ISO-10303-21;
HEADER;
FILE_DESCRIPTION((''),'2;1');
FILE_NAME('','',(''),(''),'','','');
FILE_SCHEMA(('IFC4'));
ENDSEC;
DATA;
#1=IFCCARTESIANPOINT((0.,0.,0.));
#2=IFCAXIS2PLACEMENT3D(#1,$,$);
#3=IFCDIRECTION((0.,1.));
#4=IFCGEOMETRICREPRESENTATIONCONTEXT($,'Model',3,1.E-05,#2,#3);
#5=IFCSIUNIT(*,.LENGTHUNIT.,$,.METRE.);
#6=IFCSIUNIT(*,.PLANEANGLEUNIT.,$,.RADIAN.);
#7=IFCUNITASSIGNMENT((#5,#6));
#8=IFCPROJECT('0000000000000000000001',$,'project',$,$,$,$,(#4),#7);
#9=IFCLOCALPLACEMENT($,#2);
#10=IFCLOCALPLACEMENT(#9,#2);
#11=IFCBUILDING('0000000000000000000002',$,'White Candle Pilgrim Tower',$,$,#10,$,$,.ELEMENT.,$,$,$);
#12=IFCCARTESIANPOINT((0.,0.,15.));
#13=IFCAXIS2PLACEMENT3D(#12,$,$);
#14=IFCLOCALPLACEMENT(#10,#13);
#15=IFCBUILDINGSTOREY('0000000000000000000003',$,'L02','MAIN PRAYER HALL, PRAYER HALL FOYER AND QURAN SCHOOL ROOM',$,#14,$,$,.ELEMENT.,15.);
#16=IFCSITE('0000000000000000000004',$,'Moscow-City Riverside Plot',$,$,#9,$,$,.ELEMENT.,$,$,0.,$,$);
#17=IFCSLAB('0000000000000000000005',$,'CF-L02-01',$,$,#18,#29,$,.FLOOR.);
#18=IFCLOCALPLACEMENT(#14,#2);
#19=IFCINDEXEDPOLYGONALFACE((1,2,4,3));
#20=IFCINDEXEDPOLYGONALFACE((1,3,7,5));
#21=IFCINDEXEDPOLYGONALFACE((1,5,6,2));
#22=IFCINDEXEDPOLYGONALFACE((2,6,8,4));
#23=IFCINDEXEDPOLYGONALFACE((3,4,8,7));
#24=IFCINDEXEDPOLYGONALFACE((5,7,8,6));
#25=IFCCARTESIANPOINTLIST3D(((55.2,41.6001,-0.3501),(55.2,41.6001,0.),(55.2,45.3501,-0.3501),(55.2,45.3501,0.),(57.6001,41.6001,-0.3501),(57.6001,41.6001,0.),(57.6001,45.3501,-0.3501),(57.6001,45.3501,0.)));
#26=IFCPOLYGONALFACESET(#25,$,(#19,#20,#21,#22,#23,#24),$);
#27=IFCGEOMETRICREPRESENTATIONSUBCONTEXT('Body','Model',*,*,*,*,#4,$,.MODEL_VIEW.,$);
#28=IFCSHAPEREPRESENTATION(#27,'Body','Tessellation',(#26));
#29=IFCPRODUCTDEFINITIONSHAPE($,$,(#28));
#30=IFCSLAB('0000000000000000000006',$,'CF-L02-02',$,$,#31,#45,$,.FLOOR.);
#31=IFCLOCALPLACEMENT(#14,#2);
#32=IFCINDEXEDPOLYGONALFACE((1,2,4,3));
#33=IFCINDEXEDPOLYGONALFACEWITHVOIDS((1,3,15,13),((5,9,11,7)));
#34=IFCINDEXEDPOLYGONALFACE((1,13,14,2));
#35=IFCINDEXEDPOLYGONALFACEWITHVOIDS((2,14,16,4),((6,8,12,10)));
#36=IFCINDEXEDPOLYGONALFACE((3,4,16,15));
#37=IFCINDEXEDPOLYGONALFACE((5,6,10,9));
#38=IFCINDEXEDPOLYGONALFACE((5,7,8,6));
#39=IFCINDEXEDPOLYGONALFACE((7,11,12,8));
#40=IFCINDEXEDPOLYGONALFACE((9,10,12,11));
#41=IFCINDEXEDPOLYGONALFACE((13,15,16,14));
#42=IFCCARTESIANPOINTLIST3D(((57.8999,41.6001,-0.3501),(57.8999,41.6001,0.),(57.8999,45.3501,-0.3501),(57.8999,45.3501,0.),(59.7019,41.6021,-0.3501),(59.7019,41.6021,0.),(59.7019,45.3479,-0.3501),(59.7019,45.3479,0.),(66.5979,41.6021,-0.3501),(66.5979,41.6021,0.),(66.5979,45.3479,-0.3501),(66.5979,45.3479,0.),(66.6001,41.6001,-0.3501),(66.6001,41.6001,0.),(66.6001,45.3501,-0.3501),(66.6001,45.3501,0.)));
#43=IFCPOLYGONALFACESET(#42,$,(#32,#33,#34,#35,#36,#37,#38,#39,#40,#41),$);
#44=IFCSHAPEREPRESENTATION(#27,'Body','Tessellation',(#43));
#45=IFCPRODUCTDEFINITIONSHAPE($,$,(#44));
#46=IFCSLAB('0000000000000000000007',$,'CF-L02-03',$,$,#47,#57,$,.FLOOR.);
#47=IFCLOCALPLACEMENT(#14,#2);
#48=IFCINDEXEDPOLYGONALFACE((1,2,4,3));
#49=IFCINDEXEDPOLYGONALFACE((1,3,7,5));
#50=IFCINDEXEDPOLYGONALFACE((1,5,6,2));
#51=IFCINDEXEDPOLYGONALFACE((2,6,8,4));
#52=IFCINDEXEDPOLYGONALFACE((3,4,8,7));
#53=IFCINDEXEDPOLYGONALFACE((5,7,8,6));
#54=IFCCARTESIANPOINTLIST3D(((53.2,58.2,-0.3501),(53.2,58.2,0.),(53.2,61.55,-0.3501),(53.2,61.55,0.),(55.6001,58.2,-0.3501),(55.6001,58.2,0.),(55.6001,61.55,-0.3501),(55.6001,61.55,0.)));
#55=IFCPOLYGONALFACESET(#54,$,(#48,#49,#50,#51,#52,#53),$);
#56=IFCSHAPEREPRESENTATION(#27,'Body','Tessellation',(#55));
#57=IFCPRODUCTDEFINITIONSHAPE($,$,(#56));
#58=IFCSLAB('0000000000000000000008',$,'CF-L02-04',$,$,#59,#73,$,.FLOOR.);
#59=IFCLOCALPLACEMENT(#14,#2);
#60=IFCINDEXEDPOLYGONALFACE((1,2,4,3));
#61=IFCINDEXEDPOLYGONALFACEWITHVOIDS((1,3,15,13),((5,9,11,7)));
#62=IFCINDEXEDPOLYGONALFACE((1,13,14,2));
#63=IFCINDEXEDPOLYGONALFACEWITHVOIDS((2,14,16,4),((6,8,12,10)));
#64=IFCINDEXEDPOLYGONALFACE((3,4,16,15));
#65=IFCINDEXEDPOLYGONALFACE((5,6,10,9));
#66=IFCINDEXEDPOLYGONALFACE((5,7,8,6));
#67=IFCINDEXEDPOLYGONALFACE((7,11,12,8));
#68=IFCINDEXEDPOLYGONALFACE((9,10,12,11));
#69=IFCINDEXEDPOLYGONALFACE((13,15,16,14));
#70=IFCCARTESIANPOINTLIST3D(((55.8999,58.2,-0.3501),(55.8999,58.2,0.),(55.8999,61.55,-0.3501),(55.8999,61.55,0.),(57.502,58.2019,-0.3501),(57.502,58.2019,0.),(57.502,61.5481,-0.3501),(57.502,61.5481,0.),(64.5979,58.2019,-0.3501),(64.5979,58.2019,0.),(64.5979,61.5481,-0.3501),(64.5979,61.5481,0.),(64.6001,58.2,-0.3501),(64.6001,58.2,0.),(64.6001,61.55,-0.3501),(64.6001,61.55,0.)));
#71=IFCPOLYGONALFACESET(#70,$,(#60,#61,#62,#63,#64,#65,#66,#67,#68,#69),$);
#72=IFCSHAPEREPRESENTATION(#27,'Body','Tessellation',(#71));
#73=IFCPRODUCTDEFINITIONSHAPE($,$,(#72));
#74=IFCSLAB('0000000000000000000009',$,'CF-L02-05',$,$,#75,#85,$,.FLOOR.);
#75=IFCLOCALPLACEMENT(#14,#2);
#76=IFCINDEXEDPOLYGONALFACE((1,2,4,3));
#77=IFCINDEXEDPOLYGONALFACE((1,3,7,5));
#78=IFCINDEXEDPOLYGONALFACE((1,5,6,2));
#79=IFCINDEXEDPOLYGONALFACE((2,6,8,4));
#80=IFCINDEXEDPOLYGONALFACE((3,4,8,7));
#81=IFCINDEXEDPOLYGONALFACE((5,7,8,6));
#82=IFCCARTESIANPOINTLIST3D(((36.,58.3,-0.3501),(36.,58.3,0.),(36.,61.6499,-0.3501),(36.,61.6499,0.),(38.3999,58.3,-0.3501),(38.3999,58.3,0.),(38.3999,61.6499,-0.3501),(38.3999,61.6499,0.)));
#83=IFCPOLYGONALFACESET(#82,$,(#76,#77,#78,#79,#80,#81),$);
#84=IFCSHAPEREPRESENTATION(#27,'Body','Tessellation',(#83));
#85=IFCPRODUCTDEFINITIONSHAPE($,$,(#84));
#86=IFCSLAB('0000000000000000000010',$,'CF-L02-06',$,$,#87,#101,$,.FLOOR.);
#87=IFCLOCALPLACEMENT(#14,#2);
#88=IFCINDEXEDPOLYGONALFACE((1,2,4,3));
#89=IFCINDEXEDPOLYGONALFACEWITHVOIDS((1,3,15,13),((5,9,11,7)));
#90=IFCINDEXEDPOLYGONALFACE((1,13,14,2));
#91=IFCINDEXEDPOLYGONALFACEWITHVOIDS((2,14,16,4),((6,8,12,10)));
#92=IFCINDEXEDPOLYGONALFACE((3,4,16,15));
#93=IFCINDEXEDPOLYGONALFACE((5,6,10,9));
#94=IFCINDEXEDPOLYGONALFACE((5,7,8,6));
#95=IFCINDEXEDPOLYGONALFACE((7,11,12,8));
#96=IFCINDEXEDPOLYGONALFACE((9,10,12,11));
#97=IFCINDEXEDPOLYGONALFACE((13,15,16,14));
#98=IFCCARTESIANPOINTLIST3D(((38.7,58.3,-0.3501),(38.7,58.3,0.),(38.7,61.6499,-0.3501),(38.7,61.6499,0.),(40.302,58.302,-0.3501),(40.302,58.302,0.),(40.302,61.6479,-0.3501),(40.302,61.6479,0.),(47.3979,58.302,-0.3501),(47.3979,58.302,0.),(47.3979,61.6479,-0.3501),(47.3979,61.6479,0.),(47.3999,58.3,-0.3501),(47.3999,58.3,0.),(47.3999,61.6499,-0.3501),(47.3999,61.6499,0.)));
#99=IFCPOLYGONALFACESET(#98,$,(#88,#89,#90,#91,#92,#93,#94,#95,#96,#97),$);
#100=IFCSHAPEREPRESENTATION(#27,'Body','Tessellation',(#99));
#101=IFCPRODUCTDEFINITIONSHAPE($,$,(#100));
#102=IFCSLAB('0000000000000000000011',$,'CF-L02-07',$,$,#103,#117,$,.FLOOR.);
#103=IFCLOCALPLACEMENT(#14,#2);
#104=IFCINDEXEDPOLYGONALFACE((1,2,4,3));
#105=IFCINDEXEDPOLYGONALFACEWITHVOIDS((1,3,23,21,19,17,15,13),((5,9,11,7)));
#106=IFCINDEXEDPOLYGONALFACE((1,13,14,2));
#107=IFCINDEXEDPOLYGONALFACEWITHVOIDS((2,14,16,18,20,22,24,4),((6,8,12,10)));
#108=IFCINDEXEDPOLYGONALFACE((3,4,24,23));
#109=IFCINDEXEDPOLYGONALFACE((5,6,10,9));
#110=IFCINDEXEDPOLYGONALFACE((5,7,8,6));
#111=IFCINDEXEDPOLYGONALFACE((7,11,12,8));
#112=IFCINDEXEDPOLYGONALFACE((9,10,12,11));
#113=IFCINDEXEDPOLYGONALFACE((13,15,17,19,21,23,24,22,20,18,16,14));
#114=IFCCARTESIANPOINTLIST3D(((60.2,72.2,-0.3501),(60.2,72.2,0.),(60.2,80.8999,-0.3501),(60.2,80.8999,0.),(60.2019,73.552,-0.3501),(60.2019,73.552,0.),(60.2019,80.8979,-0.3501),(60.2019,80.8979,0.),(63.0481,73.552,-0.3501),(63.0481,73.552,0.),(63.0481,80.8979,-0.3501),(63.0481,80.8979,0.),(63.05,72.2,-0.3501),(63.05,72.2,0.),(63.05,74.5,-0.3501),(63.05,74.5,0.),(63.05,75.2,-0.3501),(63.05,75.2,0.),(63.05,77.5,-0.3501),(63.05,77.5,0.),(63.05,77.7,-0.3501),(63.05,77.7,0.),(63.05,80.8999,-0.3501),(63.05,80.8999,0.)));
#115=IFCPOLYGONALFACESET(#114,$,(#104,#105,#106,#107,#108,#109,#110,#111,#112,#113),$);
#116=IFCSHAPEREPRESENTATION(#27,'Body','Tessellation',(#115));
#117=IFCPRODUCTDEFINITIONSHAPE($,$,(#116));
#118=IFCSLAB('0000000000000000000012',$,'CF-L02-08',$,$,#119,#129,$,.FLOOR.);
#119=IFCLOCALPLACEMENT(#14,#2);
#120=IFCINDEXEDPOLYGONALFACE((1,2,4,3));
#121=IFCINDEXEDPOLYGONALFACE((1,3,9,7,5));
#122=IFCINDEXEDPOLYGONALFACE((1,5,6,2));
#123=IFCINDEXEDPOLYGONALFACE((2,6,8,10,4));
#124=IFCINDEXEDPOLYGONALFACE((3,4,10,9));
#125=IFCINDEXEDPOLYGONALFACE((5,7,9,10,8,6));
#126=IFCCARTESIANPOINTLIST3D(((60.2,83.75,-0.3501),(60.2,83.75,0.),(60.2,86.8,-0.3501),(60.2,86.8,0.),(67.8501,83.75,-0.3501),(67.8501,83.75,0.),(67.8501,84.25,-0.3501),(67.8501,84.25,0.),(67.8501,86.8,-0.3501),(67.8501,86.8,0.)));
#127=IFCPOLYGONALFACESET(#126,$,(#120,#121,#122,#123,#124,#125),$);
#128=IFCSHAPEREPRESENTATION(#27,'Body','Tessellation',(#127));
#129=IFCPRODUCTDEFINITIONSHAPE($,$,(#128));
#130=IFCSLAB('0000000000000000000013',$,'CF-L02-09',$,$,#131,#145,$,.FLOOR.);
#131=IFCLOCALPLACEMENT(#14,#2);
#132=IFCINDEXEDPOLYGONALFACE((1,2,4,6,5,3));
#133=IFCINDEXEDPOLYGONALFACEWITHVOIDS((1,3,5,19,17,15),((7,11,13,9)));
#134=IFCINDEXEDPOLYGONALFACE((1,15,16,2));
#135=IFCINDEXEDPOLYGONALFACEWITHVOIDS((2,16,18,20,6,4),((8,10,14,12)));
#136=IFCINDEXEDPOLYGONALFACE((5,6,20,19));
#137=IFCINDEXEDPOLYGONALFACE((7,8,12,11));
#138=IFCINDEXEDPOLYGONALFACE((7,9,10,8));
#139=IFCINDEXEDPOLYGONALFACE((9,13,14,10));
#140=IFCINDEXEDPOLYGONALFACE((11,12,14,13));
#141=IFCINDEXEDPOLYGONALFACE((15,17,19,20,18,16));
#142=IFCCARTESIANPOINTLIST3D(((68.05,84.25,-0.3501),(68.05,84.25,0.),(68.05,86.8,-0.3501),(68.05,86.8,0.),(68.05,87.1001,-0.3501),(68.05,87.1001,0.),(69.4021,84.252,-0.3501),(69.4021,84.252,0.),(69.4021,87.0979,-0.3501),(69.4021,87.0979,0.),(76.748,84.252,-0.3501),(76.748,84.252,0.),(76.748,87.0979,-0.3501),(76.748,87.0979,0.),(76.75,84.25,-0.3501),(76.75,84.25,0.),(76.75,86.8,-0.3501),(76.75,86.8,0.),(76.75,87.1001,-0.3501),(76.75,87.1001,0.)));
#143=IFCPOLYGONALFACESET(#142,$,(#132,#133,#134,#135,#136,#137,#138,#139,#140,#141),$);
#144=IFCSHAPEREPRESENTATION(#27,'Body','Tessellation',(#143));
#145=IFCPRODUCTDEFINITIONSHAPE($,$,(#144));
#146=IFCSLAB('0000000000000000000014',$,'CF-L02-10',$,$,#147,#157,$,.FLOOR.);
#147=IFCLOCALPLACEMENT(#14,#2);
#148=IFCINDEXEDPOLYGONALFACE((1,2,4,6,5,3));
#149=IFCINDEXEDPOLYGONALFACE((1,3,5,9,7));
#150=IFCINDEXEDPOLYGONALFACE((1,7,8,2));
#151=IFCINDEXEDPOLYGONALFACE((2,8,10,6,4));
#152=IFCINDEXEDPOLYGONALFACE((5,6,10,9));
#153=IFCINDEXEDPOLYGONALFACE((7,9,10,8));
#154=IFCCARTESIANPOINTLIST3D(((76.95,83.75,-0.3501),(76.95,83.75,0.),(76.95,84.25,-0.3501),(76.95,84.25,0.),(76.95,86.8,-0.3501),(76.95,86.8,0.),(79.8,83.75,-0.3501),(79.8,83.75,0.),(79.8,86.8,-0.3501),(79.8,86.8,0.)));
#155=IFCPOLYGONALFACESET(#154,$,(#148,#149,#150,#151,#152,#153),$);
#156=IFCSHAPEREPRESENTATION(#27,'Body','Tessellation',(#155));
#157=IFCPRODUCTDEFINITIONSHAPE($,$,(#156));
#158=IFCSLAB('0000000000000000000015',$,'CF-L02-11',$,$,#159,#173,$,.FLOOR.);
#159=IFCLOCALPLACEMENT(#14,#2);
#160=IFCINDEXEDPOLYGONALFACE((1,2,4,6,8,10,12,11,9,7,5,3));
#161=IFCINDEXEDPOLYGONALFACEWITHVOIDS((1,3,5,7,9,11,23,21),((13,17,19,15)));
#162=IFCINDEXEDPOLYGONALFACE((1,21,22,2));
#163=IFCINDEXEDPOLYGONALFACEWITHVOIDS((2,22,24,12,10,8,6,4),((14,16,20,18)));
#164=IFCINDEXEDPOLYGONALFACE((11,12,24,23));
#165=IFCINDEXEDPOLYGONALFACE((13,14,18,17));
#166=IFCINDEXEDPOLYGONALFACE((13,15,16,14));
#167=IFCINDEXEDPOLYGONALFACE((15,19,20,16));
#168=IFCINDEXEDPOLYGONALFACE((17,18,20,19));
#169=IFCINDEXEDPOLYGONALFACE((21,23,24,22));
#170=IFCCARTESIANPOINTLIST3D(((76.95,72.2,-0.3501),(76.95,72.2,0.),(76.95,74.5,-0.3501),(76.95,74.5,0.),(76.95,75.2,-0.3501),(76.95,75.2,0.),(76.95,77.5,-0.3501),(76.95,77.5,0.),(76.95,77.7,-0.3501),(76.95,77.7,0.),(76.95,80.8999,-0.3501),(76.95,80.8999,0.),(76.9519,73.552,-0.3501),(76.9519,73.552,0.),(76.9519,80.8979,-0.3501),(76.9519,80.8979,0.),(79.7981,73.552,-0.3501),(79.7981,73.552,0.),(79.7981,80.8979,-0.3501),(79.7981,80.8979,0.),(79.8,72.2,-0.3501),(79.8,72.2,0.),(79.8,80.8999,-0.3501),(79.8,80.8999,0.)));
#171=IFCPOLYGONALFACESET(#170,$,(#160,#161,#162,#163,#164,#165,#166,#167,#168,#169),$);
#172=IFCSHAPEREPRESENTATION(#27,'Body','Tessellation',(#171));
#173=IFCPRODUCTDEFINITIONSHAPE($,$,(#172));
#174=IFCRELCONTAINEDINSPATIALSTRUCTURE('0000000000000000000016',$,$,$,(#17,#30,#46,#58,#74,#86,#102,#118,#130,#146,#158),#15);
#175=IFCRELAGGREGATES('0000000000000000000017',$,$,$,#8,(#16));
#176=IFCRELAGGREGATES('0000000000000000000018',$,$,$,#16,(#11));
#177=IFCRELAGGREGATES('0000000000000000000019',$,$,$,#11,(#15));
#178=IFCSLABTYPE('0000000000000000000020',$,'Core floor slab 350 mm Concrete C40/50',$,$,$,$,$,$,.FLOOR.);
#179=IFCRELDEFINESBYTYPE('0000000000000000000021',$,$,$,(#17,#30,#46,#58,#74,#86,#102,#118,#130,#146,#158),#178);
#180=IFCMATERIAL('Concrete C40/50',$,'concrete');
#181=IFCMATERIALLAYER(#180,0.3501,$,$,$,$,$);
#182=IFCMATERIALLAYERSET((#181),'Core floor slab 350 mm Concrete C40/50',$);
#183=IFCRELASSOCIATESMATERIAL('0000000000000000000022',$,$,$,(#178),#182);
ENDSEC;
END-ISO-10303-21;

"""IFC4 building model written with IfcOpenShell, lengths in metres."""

from ifc_helpers import new_model, si_unit, direction, frame, origin, place, context, subcontext, project, spatial, polyline, outline, extrude, material, layer, layer_set, type_object, element, save


model = new_model("IFC4")

# Units and contexts
model_context = context("Model", 3, precision=1e-05, world=origin(), true_north=direction((0.0, 1.0)))
body_context = subcontext(model_context, "Body", "Model", "MODEL_VIEW")
ifc_project = project(units=[si_unit("LENGTHUNIT", "METRE"), si_unit("PLANEANGLEUNIT", "RADIAN")], contexts=[model_context])

# Site, building, storey
site_placement = place(None, origin())
site = spatial("IfcSite", under=ifc_project, at=site_placement, Name="Moscow-City Riverside Plot", CompositionType="ELEMENT", RefElevation=0.0)
building_placement = place(site_placement, origin())
building = spatial("IfcBuilding", under=site, at=building_placement, Name="White Candle Pilgrim Tower", CompositionType="ELEMENT")
storey_placement = place(building_placement, frame((0.0, 0.0, 15.0)))
storey = spatial("IfcBuildingStorey", under=building, at=storey_placement, Name="L02", Description="MAIN PRAYER HALL, PRAYER HALL FOYER AND QURAN SCHOOL ROOM", CompositionType="ELEMENT", Elevation=15.0)

# Slabs
ifc_material = material(Name="Concrete C40/50", Category="concrete")
ifc_layer_1 = layer(ifc_material, 0.3501)
ifc_layer_set_1 = layer_set([ifc_layer_1], Name="Core floor slab 350 mm Concrete C40/50")
slab_type_1 = type_object("IfcSlabType", Name="Core floor slab 350 mm Concrete C40/50", PredefinedType="FLOOR", material=ifc_layer_set_1)
slab_1_placement = place(storey_placement, frame((0.0, 0.0, -0.3501)))
element("IfcSlab", 1, at=slab_1_placement, inside=storey, type_object=slab_type_1, Name="CF-L02-01", PredefinedType="FLOOR", context=body_context, shape_type="SweptSolid", body=[
    extrude(outline(polyline([(55.2, 45.3501), (57.6001, 45.3501), (57.6001, 41.6001), (55.2, 41.6001), (55.2, 45.3501)])), origin(), (0.0, 0.0, 1.0), 0.3501),
])
slab_2_placement = place(storey_placement, frame((0.0, 0.0, -0.3501)))
element("IfcSlab", 2, at=slab_2_placement, inside=storey, type_object=slab_type_1, Name="CF-L02-02", PredefinedType="FLOOR", context=body_context, shape_type="SweptSolid", body=[
    extrude(outline(polyline([(57.8999, 45.3501), (66.6001, 45.3501), (66.6001, 41.6001), (57.8999, 41.6001), (57.8999, 45.3501)]), holes=[polyline([(66.5979, 45.3479), (59.7019, 45.3479), (59.7019, 41.6021), (66.5979, 41.6021), (66.5979, 45.3479)])]), origin(), (0.0, 0.0, 1.0), 0.3501),
])
slab_3_placement = place(storey_placement, frame((0.0, 0.0, -0.3501)))
element("IfcSlab", 3, at=slab_3_placement, inside=storey, type_object=slab_type_1, Name="CF-L02-03", PredefinedType="FLOOR", context=body_context, shape_type="SweptSolid", body=[
    extrude(outline(polyline([(53.2, 61.55), (55.6001, 61.55), (55.6001, 58.2), (53.2, 58.2), (53.2, 61.55)])), origin(), (0.0, 0.0, 1.0), 0.3501),
])
slab_4_placement = place(storey_placement, frame((0.0, 0.0, -0.3501)))
element("IfcSlab", 4, at=slab_4_placement, inside=storey, type_object=slab_type_1, Name="CF-L02-04", PredefinedType="FLOOR", context=body_context, shape_type="SweptSolid", body=[
    extrude(outline(polyline([(55.8999, 61.55), (64.6001, 61.55), (64.6001, 58.2), (55.8999, 58.2), (55.8999, 61.55)]), holes=[polyline([(64.5979, 61.5481), (57.502, 61.5481), (57.502, 58.2019), (64.5979, 58.2019), (64.5979, 61.5481)])]), origin(), (0.0, 0.0, 1.0), 0.3501),
])
slab_5_placement = place(storey_placement, frame((0.0, 0.0, -0.3501)))
element("IfcSlab", 5, at=slab_5_placement, inside=storey, type_object=slab_type_1, Name="CF-L02-05", PredefinedType="FLOOR", context=body_context, shape_type="SweptSolid", body=[
    extrude(outline(polyline([(36.0, 61.6499), (38.3999, 61.6499), (38.3999, 58.3), (36.0, 58.3), (36.0, 61.6499)])), origin(), (0.0, 0.0, 1.0), 0.3501),
])
slab_6_placement = place(storey_placement, frame((0.0, 0.0, -0.3501)))
element("IfcSlab", 6, at=slab_6_placement, inside=storey, type_object=slab_type_1, Name="CF-L02-06", PredefinedType="FLOOR", context=body_context, shape_type="SweptSolid", body=[
    extrude(outline(polyline([(47.3999, 61.6499), (47.3999, 58.3), (38.7, 58.3), (38.7, 61.6499), (47.3999, 61.6499)]), holes=[polyline([(47.3979, 61.6479), (40.302, 61.6479), (40.302, 58.302), (47.3979, 58.302), (47.3979, 61.6479)])]), origin(), (0.0, 0.0, 1.0), 0.3501),
])
slab_7_placement = place(storey_placement, frame((0.0, 0.0, -0.3501)))
element("IfcSlab", 7, at=slab_7_placement, inside=storey, type_object=slab_type_1, Name="CF-L02-07", PredefinedType="FLOOR", context=body_context, shape_type="SweptSolid", body=[
    extrude(outline(polyline([(60.2, 80.8999), (63.05, 80.8999), (63.05, 77.7), (63.05, 77.5), (63.05, 75.2), (63.05, 74.5), (63.05, 72.2), (60.2, 72.2), (60.2, 80.8999)]), holes=[polyline([(60.2019, 80.8979), (60.2019, 73.552), (63.0481, 73.552), (63.0481, 80.8979), (60.2019, 80.8979)])]), origin(), (0.0, 0.0, 1.0), 0.3501),
])
slab_8_placement = place(storey_placement, frame((0.0, 0.0, -0.3501)))
element("IfcSlab", 8, at=slab_8_placement, inside=storey, type_object=slab_type_1, Name="CF-L02-08", PredefinedType="FLOOR", context=body_context, shape_type="SweptSolid", body=[
    extrude(outline(polyline([(60.2, 86.8), (67.8501, 86.8), (67.8501, 84.25), (67.8501, 83.75), (60.2, 83.75), (60.2, 86.8)])), origin(), (0.0, 0.0, 1.0), 0.3501),
])
slab_9_placement = place(storey_placement, frame((0.0, 0.0, -0.3501)))
element("IfcSlab", 9, at=slab_9_placement, inside=storey, type_object=slab_type_1, Name="CF-L02-09", PredefinedType="FLOOR", context=body_context, shape_type="SweptSolid", body=[
    extrude(outline(polyline([(68.05, 87.1001), (76.75, 87.1001), (76.75, 86.8), (76.75, 84.25), (68.05, 84.25), (68.05, 86.8), (68.05, 87.1001)]), holes=[polyline([(76.748, 87.0979), (69.4021, 87.0979), (69.4021, 84.252), (76.748, 84.252), (76.748, 87.0979)])]), origin(), (0.0, 0.0, 1.0), 0.3501),
])
slab_10_placement = place(storey_placement, frame((0.0, 0.0, -0.3501)))
element("IfcSlab", 10, at=slab_10_placement, inside=storey, type_object=slab_type_1, Name="CF-L02-10", PredefinedType="FLOOR", context=body_context, shape_type="SweptSolid", body=[
    extrude(outline(polyline([(79.8, 86.8), (79.8, 83.75), (76.95, 83.75), (76.95, 84.25), (76.95, 86.8), (79.8, 86.8)])), origin(), (0.0, 0.0, 1.0), 0.3501),
])
slab_11_placement = place(storey_placement, frame((0.0, 0.0, -0.3501)))
element("IfcSlab", 11, at=slab_11_placement, inside=storey, type_object=slab_type_1, Name="CF-L02-11", PredefinedType="FLOOR", context=body_context, shape_type="SweptSolid", body=[
    extrude(outline(polyline([(79.8, 72.2), (76.95, 72.2), (76.95, 74.5), (76.95, 75.2), (76.95, 77.5), (76.95, 77.7), (76.95, 80.8999), (79.8, 80.8999), (79.8, 72.2)]), holes=[polyline([(76.9519, 73.552), (79.7981, 73.552), (79.7981, 80.8979), (76.9519, 80.8979), (76.9519, 73.552)])]), origin(), (0.0, 0.0, 1.0), 0.3501),
])

save(model, "model.ifc")
